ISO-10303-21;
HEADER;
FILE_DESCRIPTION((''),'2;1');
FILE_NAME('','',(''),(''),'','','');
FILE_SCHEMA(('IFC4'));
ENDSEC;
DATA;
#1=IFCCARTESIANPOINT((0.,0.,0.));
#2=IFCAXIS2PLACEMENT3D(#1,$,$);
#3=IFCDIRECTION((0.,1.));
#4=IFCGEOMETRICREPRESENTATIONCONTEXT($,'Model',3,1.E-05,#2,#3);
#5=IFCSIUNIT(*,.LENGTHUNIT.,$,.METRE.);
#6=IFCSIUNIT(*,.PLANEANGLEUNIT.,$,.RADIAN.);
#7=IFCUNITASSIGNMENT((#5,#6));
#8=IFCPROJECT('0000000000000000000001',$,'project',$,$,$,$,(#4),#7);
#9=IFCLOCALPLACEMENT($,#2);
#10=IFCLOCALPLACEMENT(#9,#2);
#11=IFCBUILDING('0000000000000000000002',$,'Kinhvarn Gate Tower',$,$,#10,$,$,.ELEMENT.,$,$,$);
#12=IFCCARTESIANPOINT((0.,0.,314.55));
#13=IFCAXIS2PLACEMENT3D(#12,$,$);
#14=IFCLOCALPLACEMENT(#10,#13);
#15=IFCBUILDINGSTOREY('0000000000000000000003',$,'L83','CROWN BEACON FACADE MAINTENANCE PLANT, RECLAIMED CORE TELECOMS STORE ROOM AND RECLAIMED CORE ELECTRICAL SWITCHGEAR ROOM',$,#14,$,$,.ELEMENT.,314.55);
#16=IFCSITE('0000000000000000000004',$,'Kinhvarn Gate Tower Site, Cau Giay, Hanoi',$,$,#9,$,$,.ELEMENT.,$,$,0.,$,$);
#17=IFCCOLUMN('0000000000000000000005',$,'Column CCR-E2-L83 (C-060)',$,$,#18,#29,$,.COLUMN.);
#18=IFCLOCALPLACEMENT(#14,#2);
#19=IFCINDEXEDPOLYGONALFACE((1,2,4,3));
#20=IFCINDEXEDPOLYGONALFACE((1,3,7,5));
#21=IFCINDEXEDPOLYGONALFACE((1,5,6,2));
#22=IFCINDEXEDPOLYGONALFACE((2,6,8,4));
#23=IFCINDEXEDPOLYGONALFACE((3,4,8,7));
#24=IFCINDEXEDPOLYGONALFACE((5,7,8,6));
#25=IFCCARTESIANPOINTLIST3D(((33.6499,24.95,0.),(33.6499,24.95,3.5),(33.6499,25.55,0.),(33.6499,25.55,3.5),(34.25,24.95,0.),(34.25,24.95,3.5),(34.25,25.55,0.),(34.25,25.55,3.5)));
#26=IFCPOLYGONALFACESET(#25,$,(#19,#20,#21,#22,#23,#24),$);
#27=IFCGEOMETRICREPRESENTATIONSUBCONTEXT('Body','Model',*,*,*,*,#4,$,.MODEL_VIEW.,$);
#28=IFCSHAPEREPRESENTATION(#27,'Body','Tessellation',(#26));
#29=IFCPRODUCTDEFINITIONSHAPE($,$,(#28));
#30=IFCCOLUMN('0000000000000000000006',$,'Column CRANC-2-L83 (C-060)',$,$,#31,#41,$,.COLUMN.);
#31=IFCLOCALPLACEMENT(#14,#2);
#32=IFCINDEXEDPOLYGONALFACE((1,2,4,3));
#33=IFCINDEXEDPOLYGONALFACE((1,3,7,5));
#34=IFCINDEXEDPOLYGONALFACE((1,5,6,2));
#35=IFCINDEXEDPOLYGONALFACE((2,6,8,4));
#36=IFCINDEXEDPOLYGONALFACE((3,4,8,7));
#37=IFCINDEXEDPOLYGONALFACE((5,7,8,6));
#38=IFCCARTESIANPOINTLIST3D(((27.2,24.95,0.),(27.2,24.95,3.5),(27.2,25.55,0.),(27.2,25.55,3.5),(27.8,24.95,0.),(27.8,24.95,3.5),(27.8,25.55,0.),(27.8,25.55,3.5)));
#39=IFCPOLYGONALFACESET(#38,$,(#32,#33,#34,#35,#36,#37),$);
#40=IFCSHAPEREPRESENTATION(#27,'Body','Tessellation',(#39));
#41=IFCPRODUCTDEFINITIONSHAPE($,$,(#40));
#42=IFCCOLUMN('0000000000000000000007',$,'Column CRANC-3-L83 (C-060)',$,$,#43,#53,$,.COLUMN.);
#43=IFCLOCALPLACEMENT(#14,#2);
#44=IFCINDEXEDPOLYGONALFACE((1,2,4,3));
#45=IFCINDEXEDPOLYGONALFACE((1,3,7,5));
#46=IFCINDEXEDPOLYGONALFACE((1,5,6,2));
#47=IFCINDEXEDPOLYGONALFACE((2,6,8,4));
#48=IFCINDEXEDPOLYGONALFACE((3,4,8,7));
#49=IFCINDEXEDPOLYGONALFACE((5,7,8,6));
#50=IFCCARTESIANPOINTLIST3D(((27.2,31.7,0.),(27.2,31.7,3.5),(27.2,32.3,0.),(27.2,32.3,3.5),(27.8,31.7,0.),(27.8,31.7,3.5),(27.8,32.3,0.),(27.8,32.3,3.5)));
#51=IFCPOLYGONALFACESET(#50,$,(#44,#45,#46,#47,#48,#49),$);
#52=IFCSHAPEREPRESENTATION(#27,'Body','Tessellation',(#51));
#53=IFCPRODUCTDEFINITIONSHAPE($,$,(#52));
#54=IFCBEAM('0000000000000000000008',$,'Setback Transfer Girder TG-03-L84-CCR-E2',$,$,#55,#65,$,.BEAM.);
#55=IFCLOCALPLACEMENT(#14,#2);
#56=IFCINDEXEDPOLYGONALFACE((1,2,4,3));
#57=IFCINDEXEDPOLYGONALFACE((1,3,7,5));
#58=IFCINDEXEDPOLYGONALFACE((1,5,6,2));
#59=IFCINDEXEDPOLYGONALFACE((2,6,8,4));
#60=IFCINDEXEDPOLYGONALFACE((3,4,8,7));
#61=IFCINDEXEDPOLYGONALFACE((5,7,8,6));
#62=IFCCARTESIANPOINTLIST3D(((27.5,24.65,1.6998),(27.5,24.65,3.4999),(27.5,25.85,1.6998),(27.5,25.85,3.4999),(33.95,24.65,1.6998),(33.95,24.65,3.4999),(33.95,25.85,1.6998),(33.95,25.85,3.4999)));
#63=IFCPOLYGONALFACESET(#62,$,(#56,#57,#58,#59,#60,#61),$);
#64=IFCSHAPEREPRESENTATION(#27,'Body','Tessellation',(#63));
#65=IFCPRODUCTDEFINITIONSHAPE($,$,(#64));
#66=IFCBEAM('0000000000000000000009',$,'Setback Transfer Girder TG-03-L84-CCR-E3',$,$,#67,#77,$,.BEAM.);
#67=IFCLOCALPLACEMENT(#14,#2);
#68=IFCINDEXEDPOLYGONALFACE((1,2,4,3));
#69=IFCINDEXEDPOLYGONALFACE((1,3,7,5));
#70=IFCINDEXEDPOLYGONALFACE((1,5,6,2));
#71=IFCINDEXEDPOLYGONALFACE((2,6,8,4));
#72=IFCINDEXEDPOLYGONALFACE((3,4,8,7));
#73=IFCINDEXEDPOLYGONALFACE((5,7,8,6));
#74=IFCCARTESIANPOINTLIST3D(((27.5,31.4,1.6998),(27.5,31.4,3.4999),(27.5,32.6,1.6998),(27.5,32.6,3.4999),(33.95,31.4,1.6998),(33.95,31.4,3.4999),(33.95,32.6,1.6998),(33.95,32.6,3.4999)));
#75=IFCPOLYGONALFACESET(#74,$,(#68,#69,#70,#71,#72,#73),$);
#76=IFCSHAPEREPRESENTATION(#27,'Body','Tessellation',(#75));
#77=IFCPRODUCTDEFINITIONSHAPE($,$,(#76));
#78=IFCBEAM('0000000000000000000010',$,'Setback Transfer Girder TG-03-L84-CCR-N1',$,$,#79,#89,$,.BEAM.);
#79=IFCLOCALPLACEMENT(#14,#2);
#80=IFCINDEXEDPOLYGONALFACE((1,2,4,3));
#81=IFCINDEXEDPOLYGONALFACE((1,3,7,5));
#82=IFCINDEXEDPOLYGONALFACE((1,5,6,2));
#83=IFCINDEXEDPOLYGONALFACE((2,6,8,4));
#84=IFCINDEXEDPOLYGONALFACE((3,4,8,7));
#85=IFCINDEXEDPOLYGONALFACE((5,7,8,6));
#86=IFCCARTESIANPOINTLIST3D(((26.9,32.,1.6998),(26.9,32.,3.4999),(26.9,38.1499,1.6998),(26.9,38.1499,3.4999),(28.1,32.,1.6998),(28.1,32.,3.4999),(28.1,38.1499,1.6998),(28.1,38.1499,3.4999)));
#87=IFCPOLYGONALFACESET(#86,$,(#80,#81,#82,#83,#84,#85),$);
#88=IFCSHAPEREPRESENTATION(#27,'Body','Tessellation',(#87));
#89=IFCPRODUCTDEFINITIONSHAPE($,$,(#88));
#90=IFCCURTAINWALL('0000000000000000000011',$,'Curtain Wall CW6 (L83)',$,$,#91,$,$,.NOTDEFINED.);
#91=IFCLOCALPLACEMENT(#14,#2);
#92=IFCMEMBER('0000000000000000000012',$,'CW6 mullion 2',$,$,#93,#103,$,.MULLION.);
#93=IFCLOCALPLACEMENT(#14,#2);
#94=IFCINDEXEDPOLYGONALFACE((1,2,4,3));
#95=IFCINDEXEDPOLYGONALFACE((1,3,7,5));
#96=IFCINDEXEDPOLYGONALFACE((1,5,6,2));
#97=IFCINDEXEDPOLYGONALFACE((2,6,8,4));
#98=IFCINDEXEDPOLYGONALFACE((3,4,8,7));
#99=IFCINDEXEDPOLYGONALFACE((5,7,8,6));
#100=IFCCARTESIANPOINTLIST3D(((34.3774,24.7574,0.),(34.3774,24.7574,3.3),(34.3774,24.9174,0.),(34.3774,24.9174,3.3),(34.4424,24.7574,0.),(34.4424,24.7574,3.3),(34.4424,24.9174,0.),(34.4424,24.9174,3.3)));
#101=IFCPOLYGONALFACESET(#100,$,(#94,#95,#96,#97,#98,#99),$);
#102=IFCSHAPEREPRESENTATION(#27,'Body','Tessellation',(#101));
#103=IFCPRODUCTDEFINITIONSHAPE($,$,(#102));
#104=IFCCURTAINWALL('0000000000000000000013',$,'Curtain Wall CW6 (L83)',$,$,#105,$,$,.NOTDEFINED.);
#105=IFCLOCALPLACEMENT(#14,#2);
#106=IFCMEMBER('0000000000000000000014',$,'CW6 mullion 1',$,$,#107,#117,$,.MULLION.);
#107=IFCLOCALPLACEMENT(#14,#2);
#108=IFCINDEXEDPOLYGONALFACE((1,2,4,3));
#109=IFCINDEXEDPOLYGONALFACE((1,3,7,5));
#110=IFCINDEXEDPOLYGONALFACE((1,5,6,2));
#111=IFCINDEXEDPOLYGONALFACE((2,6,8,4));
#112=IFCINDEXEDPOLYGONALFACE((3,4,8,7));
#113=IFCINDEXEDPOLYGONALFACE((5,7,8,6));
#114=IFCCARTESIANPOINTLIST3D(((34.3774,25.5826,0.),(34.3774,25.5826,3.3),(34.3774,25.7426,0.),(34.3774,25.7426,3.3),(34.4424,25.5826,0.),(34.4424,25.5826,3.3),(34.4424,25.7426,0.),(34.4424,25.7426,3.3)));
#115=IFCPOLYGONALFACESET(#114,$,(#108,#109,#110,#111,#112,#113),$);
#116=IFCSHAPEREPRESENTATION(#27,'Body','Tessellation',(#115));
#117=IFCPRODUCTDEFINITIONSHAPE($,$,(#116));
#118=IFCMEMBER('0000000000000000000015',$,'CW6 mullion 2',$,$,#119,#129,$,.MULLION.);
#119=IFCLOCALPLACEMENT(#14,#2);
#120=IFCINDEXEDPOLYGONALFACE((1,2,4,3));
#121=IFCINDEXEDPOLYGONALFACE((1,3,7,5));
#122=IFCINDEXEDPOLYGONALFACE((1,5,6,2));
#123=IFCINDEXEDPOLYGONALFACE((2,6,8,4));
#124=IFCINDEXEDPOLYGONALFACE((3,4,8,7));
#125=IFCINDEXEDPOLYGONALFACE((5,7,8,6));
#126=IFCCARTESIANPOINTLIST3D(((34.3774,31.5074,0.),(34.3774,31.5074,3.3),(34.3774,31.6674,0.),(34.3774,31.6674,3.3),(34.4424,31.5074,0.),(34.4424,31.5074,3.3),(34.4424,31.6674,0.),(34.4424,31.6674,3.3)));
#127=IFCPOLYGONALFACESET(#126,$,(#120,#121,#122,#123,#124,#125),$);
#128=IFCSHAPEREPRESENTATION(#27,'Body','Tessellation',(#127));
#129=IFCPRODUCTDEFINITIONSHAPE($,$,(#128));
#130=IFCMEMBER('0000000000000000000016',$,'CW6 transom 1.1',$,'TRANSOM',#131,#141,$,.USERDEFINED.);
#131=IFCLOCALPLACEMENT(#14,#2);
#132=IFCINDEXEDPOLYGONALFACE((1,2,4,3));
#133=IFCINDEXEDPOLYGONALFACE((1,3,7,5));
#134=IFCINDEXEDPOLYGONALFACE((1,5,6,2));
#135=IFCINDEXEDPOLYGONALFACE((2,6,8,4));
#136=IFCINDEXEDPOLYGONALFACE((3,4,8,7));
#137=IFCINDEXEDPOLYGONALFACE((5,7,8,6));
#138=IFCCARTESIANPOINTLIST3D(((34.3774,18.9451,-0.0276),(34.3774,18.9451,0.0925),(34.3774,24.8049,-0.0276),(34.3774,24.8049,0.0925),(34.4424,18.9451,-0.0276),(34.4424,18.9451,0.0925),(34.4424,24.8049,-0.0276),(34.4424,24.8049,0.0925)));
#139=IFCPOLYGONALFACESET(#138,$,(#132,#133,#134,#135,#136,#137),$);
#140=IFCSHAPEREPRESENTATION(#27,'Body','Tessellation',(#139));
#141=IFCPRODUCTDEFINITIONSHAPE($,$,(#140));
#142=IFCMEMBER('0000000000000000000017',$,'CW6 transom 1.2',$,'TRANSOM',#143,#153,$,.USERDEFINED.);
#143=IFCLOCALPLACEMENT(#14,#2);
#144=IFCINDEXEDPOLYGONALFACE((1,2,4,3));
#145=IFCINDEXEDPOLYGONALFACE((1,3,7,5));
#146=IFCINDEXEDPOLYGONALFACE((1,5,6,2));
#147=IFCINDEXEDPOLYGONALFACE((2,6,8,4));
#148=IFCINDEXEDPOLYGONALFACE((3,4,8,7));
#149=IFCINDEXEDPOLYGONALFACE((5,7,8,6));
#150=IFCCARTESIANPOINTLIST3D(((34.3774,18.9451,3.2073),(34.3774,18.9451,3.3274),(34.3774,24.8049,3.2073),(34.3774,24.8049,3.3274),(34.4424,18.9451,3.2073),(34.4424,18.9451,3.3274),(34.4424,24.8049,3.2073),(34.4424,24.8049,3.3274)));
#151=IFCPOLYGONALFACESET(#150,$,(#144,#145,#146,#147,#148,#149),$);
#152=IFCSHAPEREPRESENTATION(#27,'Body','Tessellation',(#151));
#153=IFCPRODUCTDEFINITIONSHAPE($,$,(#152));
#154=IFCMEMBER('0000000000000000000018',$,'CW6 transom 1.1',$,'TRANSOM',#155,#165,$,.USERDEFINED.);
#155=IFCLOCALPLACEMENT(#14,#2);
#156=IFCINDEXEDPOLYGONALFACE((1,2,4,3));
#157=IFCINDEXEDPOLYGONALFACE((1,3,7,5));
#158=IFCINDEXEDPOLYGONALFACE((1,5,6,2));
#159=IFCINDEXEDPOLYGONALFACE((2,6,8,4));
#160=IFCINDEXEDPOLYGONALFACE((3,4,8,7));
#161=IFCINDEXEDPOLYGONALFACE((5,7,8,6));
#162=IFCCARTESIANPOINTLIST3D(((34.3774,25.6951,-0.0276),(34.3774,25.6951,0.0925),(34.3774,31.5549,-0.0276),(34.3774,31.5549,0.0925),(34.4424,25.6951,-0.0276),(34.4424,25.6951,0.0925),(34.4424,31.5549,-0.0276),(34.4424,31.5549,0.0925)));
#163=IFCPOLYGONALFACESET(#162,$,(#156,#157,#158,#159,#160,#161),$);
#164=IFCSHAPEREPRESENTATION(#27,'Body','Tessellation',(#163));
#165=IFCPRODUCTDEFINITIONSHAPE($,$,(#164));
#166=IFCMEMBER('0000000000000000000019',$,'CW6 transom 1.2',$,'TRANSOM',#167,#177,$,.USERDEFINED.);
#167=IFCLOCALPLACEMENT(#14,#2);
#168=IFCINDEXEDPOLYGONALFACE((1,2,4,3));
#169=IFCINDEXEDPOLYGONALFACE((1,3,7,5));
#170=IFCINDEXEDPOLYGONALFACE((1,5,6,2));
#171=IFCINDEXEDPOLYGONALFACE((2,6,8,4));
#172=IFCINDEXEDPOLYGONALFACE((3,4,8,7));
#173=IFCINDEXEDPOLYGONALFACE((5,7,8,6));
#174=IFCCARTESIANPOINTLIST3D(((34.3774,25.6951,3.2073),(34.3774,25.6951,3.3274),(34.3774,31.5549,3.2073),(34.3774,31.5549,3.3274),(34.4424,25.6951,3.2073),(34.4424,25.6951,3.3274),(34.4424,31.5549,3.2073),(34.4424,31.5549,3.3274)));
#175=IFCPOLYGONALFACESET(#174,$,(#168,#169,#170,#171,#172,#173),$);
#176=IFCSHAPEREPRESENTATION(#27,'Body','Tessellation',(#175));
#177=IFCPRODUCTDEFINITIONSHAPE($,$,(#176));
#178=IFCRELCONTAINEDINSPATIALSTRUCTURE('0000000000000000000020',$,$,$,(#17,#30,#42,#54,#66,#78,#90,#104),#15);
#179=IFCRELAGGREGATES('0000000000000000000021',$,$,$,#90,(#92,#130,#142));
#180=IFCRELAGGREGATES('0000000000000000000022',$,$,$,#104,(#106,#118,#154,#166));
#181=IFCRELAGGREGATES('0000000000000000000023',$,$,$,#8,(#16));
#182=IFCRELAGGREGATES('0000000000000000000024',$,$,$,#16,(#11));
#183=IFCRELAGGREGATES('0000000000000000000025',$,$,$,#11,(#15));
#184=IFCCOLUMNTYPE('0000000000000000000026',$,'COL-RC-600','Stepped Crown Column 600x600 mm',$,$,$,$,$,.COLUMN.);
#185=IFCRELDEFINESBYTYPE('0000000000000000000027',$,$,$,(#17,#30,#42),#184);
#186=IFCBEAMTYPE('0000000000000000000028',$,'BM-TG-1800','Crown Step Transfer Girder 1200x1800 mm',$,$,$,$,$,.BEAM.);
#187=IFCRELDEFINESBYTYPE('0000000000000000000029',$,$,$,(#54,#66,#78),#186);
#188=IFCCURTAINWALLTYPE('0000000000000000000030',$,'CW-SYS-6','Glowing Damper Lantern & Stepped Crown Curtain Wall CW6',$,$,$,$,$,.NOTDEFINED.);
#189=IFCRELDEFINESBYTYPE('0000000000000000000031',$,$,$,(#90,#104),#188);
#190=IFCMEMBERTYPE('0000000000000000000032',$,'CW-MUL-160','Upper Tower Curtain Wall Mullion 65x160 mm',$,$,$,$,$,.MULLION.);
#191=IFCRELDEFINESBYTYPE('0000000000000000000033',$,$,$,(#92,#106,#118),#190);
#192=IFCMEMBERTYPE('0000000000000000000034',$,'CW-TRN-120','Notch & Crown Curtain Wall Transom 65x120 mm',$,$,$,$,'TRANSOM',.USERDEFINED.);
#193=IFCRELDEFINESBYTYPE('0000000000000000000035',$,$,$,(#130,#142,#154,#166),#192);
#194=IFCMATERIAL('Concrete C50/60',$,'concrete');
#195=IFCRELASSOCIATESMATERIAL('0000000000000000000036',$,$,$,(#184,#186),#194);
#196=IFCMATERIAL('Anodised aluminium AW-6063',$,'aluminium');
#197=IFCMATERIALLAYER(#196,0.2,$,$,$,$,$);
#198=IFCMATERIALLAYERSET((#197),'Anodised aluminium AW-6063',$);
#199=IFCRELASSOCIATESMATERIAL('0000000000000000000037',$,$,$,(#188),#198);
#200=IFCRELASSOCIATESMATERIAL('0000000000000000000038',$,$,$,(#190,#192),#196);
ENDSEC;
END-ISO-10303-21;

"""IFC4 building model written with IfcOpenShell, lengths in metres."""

from ifc_helpers import new_model, si_unit, direction, frame, origin, origin_2d, place, context, subcontext, project, spatial, rectangle, extrude, material, layer, layer_set, material_profile, profile_set, type_object, element, aggregate, save


model = new_model("IFC4")

# Units and contexts
model_context = context("Model", 3, precision=1e-05, world=origin(), true_north=direction((0.0, 1.0)))
body_context = subcontext(model_context, "Body", "Model", "MODEL_VIEW")
ifc_project = project(units=[si_unit("LENGTHUNIT", "METRE"), si_unit("PLANEANGLEUNIT", "RADIAN")], contexts=[model_context])

# Site, building, storey
site_placement = place(None, origin())
site = spatial("IfcSite", under=ifc_project, at=site_placement, Name="Kinhvarn Gate Tower Site, Cau Giay, Hanoi", CompositionType="ELEMENT", RefElevation=0.0)
building_placement = place(site_placement, origin())
building = spatial("IfcBuilding", under=site, at=building_placement, Name="Kinhvarn Gate Tower", CompositionType="ELEMENT")
storey_placement = place(building_placement, frame((0.0, 0.0, 314.55)))
storey = spatial("IfcBuildingStorey", under=building, at=storey_placement, Name="L83", Description="CROWN BEACON FACADE MAINTENANCE PLANT, RECLAIMED CORE TELECOMS STORE ROOM AND RECLAIMED CORE ELECTRICAL SWITCHGEAR ROOM", CompositionType="ELEMENT", Elevation=314.55)

# Columns
ifc_material_1 = material(Name="Concrete C50/60", Category="concrete")
ifc_material_profile_1 = material_profile(ifc_material_1, rectangle(XDim=0.6001, YDim=0.6001, at=origin_2d()), Name="RC 600x600")
ifc_profile_set_1 = profile_set([ifc_material_profile_1], Name="Concrete C50/60")
column_type = type_object("IfcColumnType", Name="COL-RC-600", Description="Stepped Crown Column 600x600 mm", PredefinedType="COLUMN", material=ifc_profile_set_1)
for number, where, z_axis, x_axis, name in (
    (1, (33.95, 25.25, 0.0), (0.0, 0.0, 1.0), (1.0, 0.0, 0.0), "Column CCR-E2-L83 (C-060)"),
    (2, (27.5, 25.25, 0.0), (0.0, 0.0, 1.0), (1.0, 0.0, 0.0), "Column CRANC-2-L83 (C-060)"),
    (3, (27.5, 32.0, 0.0), (0.0, 0.0, 1.0), (1.0, 0.0, 0.0), "Column CRANC-3-L83 (C-060)"),
):
    element("IfcColumn", number, at=place(storey_placement, frame(where, z_axis=z_axis, x_axis=x_axis)), inside=storey, type_object=column_type, Name=name, PredefinedType="COLUMN", context=body_context, shape_type="SweptSolid", body=[
        extrude(rectangle(XDim=0.6001, YDim=0.6001, at=origin_2d()), origin(), (0.0, 0.0, 1.0), 3.5),
    ])

# Beams
ifc_material_profile_2 = material_profile(ifc_material_1, rectangle(XDim=1.2, YDim=1.8, at=origin_2d()), Name="RC 1200x1800")
ifc_profile_set_2 = profile_set([ifc_material_profile_2], Name="Concrete C50/60")
beam_type_1 = type_object("IfcBeamType", Name="BM-TG-1800", Description="Crown Step Transfer Girder 1200x1800 mm", PredefinedType="BEAM", material=ifc_profile_set_2)
for number, where, z_axis, x_axis, name in (
    (4, (27.5, 25.25, 2.5999), (1.0, 0.0, 0.0), (0.0, 1.0, 0.0), "Setback Transfer Girder TG-03-L84-CCR-E2"),
    (5, (27.5, 32.0, 2.5999), (1.0, 0.0, 0.0), (0.0, 1.0, 0.0), "Setback Transfer Girder TG-03-L84-CCR-E3"),
):
    element("IfcBeam", number, at=place(storey_placement, frame(where, z_axis=z_axis, x_axis=x_axis)), inside=storey, type_object=beam_type_1, Name=name, PredefinedType="BEAM", context=body_context, shape_type="SweptSolid", body=[
        extrude(rectangle(XDim=1.2, YDim=1.8, at=origin_2d()), origin(), (0.0, 0.0, 1.0), 6.45),
    ])
beam_1_placement = place(storey_placement, frame((27.5, 32.0, 2.5999), z_axis=(0.0, 1.0, 0.0), x_axis=(-1.0, 0.0, 0.0)))
element("IfcBeam", 6, at=beam_1_placement, inside=storey, type_object=beam_type_1, Name="Setback Transfer Girder TG-03-L84-CCR-N1", PredefinedType="BEAM", context=body_context, shape_type="SweptSolid", body=[
    extrude(rectangle(XDim=1.2, YDim=1.8, at=origin_2d()), origin(), (0.0, 0.0, 1.0), 6.1499),
])

# Curtain wall, member
ifc_material_2 = material(Name="Anodised aluminium AW-6063", Category="aluminium")
ifc_layer_1 = layer(ifc_material_2, 0.2)
ifc_layer_set_1 = layer_set([ifc_layer_1], Name="Anodised aluminium AW-6063")
curtain_wall_type = type_object("IfcCurtainWallType", Name="CW-SYS-6", Description="Glowing Damper Lantern & Stepped Crown Curtain Wall CW6", PredefinedType="NOTDEFINED", material=ifc_layer_set_1)
curtain_wall_1_placement = place(storey_placement, origin())
curtain_wall_1 = element("IfcCurtainWall", 7, at=curtain_wall_1_placement, inside=storey, type_object=curtain_wall_type, Name="Curtain Wall CW6 (L83)", PredefinedType="NOTDEFINED")
ifc_material_profile_3 = material_profile(ifc_material_2, rectangle(XDim=0.0649, YDim=0.1599, at=origin_2d()), Name="ALU 65x160")
ifc_profile_set_3 = profile_set([ifc_material_profile_3], Name="Anodised aluminium AW-6063")
member_type_1 = type_object("IfcMemberType", Name="CW-MUL-160", Description="Upper Tower Curtain Wall Mullion 65x160 mm", PredefinedType="MULLION", material=ifc_profile_set_3)
member_1_placement = place(storey_placement, frame((34.4099, 24.8374, 0.0), z_axis=(0.0, 0.0, 1.0), x_axis=(-1.0, 0.0, 0.0)))
member_1 = element("IfcMember", 8, at=member_1_placement, type_object=member_type_1, Name="CW6 mullion 2", PredefinedType="MULLION", context=body_context, shape_type="SweptSolid", body=[
    extrude(rectangle(XDim=0.0649, YDim=0.1599, at=origin_2d()), origin(), (0.0, 0.0, 1.0), 3.3),
])

# Curtain wall, members
curtain_wall_2_placement = place(storey_placement, origin())
curtain_wall_2 = element("IfcCurtainWall", 9, at=curtain_wall_2_placement, inside=storey, type_object=curtain_wall_type, Name="Curtain Wall CW6 (L83)", PredefinedType="NOTDEFINED")
member_2_placement = place(storey_placement, frame((34.4099, 25.6626, 0.0), z_axis=(0.0, 0.0, 1.0), x_axis=(-1.0, 0.0, 0.0)))
member_2 = element("IfcMember", 10, at=member_2_placement, type_object=member_type_1, Name="CW6 mullion 1", PredefinedType="MULLION", context=body_context, shape_type="SweptSolid", body=[
    extrude(rectangle(XDim=0.0649, YDim=0.1599, at=origin_2d()), origin(), (0.0, 0.0, 1.0), 3.3),
])
member_3_placement = place(storey_placement, frame((34.4099, 31.5874, 0.0), z_axis=(0.0, 0.0, 1.0), x_axis=(-1.0, 0.0, 0.0)))
member_3 = element("IfcMember", 11, at=member_3_placement, type_object=member_type_1, Name="CW6 mullion 2", PredefinedType="MULLION", context=body_context, shape_type="SweptSolid", body=[
    extrude(rectangle(XDim=0.0649, YDim=0.1599, at=origin_2d()), origin(), (0.0, 0.0, 1.0), 3.3),
])

# Members
ifc_material_profile_4 = material_profile(ifc_material_2, rectangle(XDim=0.0649, YDim=0.1201, at=origin_2d()), Name="ALU 65x120")
ifc_profile_set_4 = profile_set([ifc_material_profile_4], Name="Anodised aluminium AW-6063")
member_type_2 = type_object("IfcMemberType", Name="CW-TRN-120", Description="Notch & Crown Curtain Wall Transom 65x120 mm", ElementType="TRANSOM", PredefinedType="USERDEFINED", material=ifc_profile_set_4)
member_4_placement = place(storey_placement, frame((34.4099, 18.9451, 0.0325), z_axis=(0.0, 1.0, 0.0), x_axis=(-1.0, 0.0, 0.0)))
member_4 = element("IfcMember", 12, at=member_4_placement, type_object=member_type_2, Name="CW6 transom 1.1", ObjectType="TRANSOM", PredefinedType="USERDEFINED", context=body_context, shape_type="SweptSolid", body=[
    extrude(rectangle(XDim=0.0649, YDim=0.1201, at=origin_2d()), origin(), (0.0, 0.0, 1.0), 5.8599),
])
member_5_placement = place(storey_placement, frame((34.4099, 18.9451, 3.2673), z_axis=(0.0, 1.0, 0.0), x_axis=(-1.0, 0.0, 0.0)))
member_5 = element("IfcMember", 13, at=member_5_placement, type_object=member_type_2, Name="CW6 transom 1.2", ObjectType="TRANSOM", PredefinedType="USERDEFINED", context=body_context, shape_type="SweptSolid", body=[
    extrude(rectangle(XDim=0.0649, YDim=0.1201, at=origin_2d()), origin(), (0.0, 0.0, 1.0), 5.8599),
])
member_6_placement = place(storey_placement, frame((34.4099, 25.6951, 0.0325), z_axis=(0.0, 1.0, 0.0), x_axis=(-1.0, 0.0, 0.0)))
member_6 = element("IfcMember", 14, at=member_6_placement, type_object=member_type_2, Name="CW6 transom 1.1", ObjectType="TRANSOM", PredefinedType="USERDEFINED", context=body_context, shape_type="SweptSolid", body=[
    extrude(rectangle(XDim=0.0649, YDim=0.1201, at=origin_2d()), origin(), (0.0, 0.0, 1.0), 5.8599),
])
member_7_placement = place(storey_placement, frame((34.4099, 25.6951, 3.2673), z_axis=(0.0, 1.0, 0.0), x_axis=(-1.0, 0.0, 0.0)))
member_7 = element("IfcMember", 15, at=member_7_placement, type_object=member_type_2, Name="CW6 transom 1.2", ObjectType="TRANSOM", PredefinedType="USERDEFINED", context=body_context, shape_type="SweptSolid", body=[
    extrude(rectangle(XDim=0.0649, YDim=0.1201, at=origin_2d()), origin(), (0.0, 0.0, 1.0), 5.8599),
])

aggregate(curtain_wall_1, [member_1, member_4, member_5])
aggregate(curtain_wall_2, [member_2, member_3, member_6, member_7])

save(model, "model.ifc")
